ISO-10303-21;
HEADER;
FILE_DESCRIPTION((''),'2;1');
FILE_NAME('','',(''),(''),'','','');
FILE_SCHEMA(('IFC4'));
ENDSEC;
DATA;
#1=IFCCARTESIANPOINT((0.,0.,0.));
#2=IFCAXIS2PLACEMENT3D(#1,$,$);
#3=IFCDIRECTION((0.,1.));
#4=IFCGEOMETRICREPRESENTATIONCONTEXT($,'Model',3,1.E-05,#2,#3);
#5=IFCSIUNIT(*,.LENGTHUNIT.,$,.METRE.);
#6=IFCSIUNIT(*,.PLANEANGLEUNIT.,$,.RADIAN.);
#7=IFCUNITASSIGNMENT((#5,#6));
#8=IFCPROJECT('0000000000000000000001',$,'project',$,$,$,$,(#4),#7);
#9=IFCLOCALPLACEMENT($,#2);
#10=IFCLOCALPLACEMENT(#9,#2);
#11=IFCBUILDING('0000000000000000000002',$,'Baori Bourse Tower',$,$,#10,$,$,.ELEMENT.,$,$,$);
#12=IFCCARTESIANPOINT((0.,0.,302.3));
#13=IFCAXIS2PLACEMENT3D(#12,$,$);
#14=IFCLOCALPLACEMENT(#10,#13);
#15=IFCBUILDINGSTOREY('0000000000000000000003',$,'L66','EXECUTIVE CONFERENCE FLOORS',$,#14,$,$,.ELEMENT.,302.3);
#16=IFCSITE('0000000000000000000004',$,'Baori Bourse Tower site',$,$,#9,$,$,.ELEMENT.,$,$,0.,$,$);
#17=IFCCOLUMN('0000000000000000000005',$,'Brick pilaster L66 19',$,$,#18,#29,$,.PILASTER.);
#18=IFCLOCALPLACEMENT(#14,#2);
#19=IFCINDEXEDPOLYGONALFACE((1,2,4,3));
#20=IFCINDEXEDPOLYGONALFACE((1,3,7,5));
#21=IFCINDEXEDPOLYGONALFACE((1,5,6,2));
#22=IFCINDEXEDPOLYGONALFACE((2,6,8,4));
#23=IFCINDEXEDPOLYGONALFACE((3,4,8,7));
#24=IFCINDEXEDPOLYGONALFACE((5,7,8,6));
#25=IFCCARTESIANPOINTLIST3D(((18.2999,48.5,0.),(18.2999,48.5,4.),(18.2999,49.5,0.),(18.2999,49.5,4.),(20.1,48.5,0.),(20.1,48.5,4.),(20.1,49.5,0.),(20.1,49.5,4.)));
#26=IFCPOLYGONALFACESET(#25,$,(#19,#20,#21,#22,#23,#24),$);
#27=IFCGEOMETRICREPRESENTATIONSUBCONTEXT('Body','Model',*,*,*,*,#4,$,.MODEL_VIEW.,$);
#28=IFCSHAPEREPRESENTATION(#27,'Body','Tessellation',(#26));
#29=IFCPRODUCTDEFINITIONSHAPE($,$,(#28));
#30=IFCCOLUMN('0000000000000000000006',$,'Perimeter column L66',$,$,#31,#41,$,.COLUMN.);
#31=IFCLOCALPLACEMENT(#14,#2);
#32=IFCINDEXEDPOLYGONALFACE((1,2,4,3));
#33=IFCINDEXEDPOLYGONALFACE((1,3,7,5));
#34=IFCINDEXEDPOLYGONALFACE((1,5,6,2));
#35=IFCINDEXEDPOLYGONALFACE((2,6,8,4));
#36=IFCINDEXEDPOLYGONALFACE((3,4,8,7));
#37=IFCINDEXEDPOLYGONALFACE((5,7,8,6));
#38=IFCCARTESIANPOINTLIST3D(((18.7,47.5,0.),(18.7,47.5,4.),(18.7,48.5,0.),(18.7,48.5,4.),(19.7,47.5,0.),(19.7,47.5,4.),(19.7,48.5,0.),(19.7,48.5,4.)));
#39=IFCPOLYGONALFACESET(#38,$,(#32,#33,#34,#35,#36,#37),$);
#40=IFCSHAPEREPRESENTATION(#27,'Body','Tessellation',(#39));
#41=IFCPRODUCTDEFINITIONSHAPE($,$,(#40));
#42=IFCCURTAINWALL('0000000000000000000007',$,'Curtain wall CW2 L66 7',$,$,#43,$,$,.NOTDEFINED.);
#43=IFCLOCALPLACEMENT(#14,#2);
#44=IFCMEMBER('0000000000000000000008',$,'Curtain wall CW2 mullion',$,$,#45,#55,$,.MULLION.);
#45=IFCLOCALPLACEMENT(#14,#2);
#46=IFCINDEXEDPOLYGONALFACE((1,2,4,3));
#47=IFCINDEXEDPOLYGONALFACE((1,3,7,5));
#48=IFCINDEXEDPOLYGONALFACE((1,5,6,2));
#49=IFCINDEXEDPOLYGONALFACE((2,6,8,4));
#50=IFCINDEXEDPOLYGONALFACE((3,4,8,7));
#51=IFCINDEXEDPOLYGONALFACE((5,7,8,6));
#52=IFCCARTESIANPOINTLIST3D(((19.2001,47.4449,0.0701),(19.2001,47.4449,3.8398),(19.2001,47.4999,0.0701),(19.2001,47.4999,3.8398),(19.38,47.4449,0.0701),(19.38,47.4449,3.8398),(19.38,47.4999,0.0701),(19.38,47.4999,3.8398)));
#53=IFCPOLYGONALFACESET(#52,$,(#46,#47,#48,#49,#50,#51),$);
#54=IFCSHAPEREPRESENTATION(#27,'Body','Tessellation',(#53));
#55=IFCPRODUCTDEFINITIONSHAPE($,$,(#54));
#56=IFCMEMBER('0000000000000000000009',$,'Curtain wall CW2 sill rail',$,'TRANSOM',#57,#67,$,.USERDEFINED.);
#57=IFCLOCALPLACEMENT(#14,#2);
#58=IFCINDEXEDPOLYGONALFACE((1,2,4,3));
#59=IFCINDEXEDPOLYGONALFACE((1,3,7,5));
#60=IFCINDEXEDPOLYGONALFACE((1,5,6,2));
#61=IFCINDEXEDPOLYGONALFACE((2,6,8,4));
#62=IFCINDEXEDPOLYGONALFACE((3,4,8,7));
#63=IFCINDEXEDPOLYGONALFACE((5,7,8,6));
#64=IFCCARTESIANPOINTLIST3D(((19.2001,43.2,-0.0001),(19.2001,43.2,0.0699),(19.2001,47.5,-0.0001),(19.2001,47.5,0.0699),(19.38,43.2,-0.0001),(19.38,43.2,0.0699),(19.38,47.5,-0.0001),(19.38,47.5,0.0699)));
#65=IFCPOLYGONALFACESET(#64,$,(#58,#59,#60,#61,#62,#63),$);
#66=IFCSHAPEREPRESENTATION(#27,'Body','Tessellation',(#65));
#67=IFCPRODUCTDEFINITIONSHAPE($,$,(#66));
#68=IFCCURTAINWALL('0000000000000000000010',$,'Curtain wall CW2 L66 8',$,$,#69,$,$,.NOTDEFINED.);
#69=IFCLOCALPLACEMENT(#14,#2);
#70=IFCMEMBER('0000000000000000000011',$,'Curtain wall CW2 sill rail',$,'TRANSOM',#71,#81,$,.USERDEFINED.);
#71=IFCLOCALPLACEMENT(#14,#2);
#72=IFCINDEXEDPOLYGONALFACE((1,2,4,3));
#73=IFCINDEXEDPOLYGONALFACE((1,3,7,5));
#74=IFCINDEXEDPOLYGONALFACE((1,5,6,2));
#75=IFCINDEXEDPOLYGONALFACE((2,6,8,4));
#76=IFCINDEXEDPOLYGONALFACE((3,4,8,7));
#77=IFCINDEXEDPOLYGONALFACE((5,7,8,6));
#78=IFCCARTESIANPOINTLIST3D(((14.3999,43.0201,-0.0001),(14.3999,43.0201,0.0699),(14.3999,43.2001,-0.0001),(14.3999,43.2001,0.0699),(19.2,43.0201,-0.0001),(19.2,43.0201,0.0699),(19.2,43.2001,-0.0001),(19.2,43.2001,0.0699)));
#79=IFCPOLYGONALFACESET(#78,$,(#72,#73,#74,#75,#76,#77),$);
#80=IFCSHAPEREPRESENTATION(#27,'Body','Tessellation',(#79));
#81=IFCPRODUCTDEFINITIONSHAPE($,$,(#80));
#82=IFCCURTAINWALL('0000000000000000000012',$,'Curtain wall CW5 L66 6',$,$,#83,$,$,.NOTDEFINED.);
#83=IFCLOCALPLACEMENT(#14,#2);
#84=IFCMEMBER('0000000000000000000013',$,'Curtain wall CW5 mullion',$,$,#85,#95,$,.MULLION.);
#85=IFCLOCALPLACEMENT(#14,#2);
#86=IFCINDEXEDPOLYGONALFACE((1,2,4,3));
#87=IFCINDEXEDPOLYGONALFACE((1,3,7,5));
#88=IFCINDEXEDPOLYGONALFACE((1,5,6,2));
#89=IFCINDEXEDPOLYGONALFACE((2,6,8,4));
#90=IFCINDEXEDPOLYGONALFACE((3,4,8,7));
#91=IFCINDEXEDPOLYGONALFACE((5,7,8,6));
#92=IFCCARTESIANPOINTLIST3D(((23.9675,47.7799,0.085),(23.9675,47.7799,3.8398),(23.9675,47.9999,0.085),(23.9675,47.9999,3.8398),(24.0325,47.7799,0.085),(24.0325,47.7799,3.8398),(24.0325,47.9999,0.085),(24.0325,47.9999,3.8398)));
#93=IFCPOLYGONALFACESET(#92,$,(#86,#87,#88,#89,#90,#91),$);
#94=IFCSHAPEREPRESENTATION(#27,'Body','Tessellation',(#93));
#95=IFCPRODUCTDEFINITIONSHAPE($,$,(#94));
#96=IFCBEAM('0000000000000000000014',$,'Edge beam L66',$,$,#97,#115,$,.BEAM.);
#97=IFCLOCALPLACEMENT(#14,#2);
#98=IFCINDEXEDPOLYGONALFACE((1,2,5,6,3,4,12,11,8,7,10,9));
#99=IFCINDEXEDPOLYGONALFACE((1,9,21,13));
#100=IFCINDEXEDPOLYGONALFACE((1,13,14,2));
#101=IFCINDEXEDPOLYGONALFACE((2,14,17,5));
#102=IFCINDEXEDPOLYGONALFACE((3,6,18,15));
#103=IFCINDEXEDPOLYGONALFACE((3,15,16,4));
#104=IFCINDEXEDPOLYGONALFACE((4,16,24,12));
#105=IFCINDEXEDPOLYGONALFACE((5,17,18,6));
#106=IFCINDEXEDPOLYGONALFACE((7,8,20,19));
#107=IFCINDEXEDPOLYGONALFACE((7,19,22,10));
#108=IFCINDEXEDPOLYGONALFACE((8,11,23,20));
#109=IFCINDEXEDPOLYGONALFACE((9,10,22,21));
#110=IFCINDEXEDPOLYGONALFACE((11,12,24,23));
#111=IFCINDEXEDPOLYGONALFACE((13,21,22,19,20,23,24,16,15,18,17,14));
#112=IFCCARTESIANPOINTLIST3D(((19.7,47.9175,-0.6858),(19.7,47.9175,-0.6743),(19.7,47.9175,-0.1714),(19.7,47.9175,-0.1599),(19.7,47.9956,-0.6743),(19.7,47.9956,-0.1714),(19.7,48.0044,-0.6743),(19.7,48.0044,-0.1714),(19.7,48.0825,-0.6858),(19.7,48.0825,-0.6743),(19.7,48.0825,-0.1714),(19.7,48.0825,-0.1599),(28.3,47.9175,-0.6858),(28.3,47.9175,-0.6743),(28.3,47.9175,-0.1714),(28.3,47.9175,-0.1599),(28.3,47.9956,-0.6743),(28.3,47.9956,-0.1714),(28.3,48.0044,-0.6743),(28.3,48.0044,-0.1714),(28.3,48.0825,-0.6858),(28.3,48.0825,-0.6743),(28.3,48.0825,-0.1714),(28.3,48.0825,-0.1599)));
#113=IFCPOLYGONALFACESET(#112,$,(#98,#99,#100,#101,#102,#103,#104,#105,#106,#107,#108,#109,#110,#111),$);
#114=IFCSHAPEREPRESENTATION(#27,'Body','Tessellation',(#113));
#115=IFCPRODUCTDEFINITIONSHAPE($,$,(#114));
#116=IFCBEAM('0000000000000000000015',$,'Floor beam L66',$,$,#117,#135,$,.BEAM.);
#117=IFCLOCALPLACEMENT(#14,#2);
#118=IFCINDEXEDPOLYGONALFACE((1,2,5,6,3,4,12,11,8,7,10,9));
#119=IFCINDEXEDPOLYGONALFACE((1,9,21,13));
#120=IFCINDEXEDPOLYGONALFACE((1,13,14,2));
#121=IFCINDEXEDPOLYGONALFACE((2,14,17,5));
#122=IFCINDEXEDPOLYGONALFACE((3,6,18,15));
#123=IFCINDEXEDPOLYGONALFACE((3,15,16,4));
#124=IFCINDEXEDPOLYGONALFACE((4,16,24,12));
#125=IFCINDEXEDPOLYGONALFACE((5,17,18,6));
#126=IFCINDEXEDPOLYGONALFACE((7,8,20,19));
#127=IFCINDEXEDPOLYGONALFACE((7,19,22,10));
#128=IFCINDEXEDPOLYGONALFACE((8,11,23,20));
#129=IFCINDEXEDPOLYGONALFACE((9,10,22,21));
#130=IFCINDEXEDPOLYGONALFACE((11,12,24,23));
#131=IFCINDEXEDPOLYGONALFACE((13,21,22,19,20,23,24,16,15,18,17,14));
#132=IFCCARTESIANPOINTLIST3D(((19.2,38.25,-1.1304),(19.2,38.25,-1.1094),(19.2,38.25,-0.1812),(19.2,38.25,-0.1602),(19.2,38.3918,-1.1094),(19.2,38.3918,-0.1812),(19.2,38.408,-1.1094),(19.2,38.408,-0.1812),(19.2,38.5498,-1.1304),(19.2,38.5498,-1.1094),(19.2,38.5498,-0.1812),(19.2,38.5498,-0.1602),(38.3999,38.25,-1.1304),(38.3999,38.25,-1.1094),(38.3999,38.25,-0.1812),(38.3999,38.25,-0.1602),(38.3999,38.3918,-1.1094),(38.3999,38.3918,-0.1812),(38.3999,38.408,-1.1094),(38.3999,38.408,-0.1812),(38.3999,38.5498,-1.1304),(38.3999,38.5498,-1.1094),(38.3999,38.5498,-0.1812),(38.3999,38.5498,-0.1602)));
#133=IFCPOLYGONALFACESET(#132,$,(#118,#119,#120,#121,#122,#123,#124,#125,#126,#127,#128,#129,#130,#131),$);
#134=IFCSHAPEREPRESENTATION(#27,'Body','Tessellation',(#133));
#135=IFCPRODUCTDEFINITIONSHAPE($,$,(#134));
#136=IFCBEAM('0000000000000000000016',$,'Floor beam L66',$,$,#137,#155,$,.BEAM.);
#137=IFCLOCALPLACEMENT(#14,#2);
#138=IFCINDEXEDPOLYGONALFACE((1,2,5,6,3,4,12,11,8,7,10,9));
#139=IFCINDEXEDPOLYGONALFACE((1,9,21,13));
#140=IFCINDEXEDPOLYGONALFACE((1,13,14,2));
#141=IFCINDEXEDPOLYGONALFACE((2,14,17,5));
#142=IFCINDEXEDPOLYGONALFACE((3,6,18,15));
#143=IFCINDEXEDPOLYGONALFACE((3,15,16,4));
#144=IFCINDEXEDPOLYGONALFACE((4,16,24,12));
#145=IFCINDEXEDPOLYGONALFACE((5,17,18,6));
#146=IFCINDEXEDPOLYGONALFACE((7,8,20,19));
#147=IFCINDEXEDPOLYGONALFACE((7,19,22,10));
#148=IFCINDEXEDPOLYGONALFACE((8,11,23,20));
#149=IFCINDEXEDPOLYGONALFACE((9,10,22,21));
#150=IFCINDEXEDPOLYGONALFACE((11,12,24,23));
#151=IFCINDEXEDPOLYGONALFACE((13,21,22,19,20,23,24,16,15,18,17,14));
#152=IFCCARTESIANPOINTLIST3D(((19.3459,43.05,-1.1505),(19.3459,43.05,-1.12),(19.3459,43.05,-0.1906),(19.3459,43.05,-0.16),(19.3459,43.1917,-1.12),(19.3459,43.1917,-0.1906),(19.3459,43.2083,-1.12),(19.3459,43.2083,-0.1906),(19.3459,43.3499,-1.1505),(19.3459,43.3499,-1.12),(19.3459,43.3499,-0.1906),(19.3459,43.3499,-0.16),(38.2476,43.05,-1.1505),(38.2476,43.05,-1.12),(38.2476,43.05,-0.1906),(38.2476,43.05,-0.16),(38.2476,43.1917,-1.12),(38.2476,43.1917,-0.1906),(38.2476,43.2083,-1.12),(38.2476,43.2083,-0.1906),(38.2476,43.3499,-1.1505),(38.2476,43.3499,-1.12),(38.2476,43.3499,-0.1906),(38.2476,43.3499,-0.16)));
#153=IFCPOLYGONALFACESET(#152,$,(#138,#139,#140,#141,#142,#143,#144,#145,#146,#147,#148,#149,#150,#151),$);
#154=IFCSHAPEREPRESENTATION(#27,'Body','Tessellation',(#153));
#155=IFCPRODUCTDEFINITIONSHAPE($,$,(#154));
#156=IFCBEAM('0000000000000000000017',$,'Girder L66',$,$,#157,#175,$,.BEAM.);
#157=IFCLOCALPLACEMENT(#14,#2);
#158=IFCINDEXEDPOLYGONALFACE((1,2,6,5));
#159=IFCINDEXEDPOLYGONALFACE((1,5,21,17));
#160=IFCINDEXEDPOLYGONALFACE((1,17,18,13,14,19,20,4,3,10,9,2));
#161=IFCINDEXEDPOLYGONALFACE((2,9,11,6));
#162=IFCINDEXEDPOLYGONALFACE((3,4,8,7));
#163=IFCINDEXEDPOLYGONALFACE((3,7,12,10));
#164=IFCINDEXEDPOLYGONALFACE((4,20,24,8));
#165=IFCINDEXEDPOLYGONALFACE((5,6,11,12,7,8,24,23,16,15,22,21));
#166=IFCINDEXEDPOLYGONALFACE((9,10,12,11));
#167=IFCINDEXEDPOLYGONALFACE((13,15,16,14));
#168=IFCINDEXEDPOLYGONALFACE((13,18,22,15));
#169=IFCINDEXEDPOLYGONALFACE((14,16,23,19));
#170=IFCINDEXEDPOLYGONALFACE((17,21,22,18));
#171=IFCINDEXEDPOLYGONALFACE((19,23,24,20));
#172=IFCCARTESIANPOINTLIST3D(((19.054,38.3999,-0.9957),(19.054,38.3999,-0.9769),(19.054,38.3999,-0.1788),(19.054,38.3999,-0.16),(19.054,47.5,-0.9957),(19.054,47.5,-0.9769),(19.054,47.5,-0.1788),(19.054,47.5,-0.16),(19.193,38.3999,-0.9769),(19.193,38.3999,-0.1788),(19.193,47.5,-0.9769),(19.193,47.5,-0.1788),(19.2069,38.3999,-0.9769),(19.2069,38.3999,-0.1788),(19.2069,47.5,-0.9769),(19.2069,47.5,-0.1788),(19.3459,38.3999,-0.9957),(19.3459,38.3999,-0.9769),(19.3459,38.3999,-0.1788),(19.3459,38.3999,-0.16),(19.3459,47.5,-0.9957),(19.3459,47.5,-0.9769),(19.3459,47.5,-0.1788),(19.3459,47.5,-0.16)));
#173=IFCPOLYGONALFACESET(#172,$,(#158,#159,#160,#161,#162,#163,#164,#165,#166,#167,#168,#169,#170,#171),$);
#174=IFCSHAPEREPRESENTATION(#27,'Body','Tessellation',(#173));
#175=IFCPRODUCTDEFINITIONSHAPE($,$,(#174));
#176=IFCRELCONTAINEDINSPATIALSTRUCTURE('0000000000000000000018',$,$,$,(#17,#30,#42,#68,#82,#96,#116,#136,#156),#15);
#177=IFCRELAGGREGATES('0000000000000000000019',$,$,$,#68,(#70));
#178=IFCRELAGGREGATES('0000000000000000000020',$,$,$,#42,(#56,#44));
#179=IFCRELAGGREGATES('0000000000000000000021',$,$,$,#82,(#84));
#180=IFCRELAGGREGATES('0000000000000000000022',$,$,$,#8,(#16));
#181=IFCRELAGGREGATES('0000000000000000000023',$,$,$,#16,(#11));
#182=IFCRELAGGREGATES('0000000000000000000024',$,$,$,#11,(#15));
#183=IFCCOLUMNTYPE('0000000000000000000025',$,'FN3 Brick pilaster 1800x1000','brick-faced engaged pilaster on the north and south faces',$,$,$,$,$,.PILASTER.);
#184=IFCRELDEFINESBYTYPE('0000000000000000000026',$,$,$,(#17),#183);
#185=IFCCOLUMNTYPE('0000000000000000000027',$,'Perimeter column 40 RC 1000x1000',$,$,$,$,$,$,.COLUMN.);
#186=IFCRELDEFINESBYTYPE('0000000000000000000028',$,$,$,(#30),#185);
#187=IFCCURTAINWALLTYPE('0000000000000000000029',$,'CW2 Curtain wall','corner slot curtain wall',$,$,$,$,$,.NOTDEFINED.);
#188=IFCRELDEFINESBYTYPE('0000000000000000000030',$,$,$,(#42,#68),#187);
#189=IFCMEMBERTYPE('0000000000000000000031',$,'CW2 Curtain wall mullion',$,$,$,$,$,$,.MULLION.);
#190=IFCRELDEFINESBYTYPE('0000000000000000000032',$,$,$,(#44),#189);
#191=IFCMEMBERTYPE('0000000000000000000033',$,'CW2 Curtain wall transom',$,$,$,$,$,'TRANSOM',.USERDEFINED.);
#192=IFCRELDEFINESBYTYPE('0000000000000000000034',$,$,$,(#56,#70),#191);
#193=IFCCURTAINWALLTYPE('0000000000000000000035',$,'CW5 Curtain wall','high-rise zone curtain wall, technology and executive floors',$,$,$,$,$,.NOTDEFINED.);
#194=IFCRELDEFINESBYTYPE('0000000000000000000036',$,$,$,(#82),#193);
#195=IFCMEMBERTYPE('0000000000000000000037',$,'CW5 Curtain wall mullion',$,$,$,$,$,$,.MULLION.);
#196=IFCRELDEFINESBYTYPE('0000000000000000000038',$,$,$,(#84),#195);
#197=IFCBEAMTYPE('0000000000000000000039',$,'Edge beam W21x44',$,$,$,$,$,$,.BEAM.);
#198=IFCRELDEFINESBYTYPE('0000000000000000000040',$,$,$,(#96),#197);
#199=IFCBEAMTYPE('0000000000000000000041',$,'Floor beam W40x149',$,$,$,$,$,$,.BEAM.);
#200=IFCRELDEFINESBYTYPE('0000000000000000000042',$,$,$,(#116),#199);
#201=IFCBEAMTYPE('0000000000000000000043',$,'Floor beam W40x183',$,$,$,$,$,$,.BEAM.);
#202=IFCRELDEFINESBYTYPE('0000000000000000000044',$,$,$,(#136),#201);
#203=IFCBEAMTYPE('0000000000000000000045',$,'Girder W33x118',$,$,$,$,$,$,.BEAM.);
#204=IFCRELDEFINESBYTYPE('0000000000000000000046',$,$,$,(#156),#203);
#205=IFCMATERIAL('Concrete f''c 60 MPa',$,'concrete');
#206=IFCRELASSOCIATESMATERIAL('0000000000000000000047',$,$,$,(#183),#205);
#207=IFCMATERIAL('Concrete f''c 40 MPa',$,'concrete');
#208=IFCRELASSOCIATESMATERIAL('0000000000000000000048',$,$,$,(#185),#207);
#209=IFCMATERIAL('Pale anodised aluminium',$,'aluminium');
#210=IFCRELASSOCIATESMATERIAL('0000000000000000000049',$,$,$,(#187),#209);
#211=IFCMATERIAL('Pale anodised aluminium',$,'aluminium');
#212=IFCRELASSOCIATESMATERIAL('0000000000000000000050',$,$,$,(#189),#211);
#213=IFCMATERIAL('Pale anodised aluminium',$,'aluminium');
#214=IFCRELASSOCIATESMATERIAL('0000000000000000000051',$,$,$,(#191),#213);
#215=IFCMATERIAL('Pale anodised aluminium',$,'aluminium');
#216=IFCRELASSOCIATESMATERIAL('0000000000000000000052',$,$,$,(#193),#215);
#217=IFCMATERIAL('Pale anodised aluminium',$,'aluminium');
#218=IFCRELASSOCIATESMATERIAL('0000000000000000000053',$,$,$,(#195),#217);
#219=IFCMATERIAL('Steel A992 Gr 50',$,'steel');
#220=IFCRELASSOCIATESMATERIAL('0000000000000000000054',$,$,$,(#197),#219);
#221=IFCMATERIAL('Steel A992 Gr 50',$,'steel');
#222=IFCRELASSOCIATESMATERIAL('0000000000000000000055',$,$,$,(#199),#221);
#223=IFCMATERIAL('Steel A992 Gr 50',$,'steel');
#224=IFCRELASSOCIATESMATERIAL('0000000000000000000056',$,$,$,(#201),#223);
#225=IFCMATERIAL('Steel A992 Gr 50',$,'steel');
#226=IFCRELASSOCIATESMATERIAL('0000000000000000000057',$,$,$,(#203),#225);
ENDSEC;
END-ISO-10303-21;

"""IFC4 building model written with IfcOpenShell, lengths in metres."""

from ifc_helpers import new_model, si_unit, direction, frame, origin, origin_2d, place, context, subcontext, project, spatial, rectangle, i_section, extrude, material, material_profile, profile_set, type_object, element, aggregate, save


model = new_model("IFC4")

# Units and contexts
model_context = context("Model", 3, precision=1e-05, world=origin(), true_north=direction((0.0, 1.0)))
body_context = subcontext(model_context, "Body", "Model", "MODEL_VIEW")
ifc_project = project(units=[si_unit("LENGTHUNIT", "METRE"), si_unit("PLANEANGLEUNIT", "RADIAN")], contexts=[model_context])

# Site, building, storey
site_placement = place(None, origin())
site = spatial("IfcSite", under=ifc_project, at=site_placement, Name="Baori Bourse Tower site", CompositionType="ELEMENT", RefElevation=0.0)
building_placement = place(site_placement, origin())
building = spatial("IfcBuilding", under=site, at=building_placement, Name="Baori Bourse Tower", CompositionType="ELEMENT")
storey_placement = place(building_placement, frame((0.0, 0.0, 302.3)))
storey = spatial("IfcBuildingStorey", under=building, at=storey_placement, Name="L66", Description="EXECUTIVE CONFERENCE FLOORS", CompositionType="ELEMENT", Elevation=302.3)

# Columns
ifc_material_1 = material(Name="Concrete f'c 60 MPa", Category="concrete")
ifc_material_profile_1 = material_profile(ifc_material_1, rectangle(XDim=1.8, YDim=1.0, at=origin_2d()), Name="RC 1800x1000")
ifc_profile_set_1 = profile_set([ifc_material_profile_1], Name="Concrete f'c 60 MPa")
column_type_1 = type_object("IfcColumnType", Name="FN3 Brick pilaster 1800x1000", Description="brick-faced engaged pilaster on the north and south faces", PredefinedType="PILASTER", material=ifc_profile_set_1)
column_1_placement = place(storey_placement, frame((19.2, 49.0, 0.0), z_axis=(0.0, 0.0, 1.0), x_axis=(1.0, 0.0, 0.0)))
element("IfcColumn", 1, at=column_1_placement, inside=storey, type_object=column_type_1, Name="Brick pilaster L66 19", PredefinedType="PILASTER", context=body_context, shape_type="SweptSolid", body=[
    extrude(rectangle(XDim=1.8, YDim=1.0, at=origin_2d()), origin(), (0.0, 0.0, 1.0), 4.0),
])
ifc_material_2 = material(Name="Concrete f'c 40 MPa", Category="concrete")
ifc_material_profile_2 = material_profile(ifc_material_2, rectangle(XDim=1.0, YDim=1.0, at=origin_2d()), Name="RC 1000x1000")
ifc_profile_set_2 = profile_set([ifc_material_profile_2], Name="Concrete f'c 40 MPa")
column_type_2 = type_object("IfcColumnType", Name="Perimeter column 40 RC 1000x1000", PredefinedType="COLUMN", material=ifc_profile_set_2)
column_2_placement = place(storey_placement, frame((19.2, 48.0, 0.0), z_axis=(0.0, 0.0, 1.0), x_axis=(1.0, 0.0, 0.0)))
element("IfcColumn", 2, at=column_2_placement, inside=storey, type_object=column_type_2, Name="Perimeter column L66", PredefinedType="COLUMN", context=body_context, shape_type="SweptSolid", body=[
    extrude(rectangle(XDim=1.0, YDim=1.0, at=origin_2d()), origin(), (0.0, 0.0, 1.0), 4.0),
])

# Curtain wall, members
ifc_material_3 = material(Name="Pale anodised aluminium", Category="aluminium")
curtain_wall_type_1 = type_object("IfcCurtainWallType", Name="CW2 Curtain wall", Description="corner slot curtain wall", PredefinedType="NOTDEFINED", material=ifc_material_3)
curtain_wall_1_placement = place(storey_placement, origin())
curtain_wall_1 = element("IfcCurtainWall", 3, at=curtain_wall_1_placement, inside=storey, type_object=curtain_wall_type_1, Name="Curtain wall CW2 L66 7", PredefinedType="NOTDEFINED")
ifc_material_4 = material(Name="Pale anodised aluminium", Category="aluminium")
ifc_material_profile_3 = material_profile(ifc_material_4, rectangle(XDim=0.1799, YDim=0.0549, at=origin_2d()), Name="Mullion 55x180")
ifc_profile_set_3 = profile_set([ifc_material_profile_3], Name="Pale anodised aluminium")
member_type_1 = type_object("IfcMemberType", Name="CW2 Curtain wall mullion", PredefinedType="MULLION", material=ifc_profile_set_3)
member_1_placement = place(storey_placement, frame((19.29, 47.4724, 0.0701), z_axis=(0.0, 0.0, 1.0), x_axis=(1.0, 0.0, 0.0)))
member_1 = element("IfcMember", 4, at=member_1_placement, type_object=member_type_1, Name="Curtain wall CW2 mullion", PredefinedType="MULLION", context=body_context, shape_type="SweptSolid", body=[
    extrude(rectangle(XDim=0.1799, YDim=0.0549, at=origin_2d()), origin(), (0.0, 0.0, 1.0), 3.7698),
])
ifc_material_5 = material(Name="Pale anodised aluminium", Category="aluminium")
ifc_material_profile_4 = material_profile(ifc_material_5, rectangle(XDim=0.1799, YDim=0.0701, at=origin_2d()), Name="Transom 70x180")
ifc_profile_set_4 = profile_set([ifc_material_profile_4], Name="Pale anodised aluminium")
member_type_2 = type_object("IfcMemberType", Name="CW2 Curtain wall transom", ElementType="TRANSOM", PredefinedType="USERDEFINED", material=ifc_profile_set_4)
member_2_placement = place(storey_placement, frame((19.29, 47.5, 0.0349), z_axis=(0.0, -1.0, 0.0), x_axis=(1.0, 0.0, 0.0)))
member_2 = element("IfcMember", 5, at=member_2_placement, type_object=member_type_2, Name="Curtain wall CW2 sill rail", ObjectType="TRANSOM", PredefinedType="USERDEFINED", context=body_context, shape_type="SweptSolid", body=[
    extrude(rectangle(XDim=0.1799, YDim=0.0701, at=origin_2d()), origin(), (0.0, 0.0, 1.0), 4.3),
])

# Curtain walls, members
curtain_wall_2_placement = place(storey_placement, origin())
curtain_wall_2 = element("IfcCurtainWall", 6, at=curtain_wall_2_placement, inside=storey, type_object=curtain_wall_type_1, Name="Curtain wall CW2 L66 8", PredefinedType="NOTDEFINED")
member_3_placement = place(storey_placement, frame((19.2, 43.1101, 0.0349), z_axis=(-1.0, 0.0, 0.0), x_axis=(0.0, -1.0, 0.0)))
member_3 = element("IfcMember", 7, at=member_3_placement, type_object=member_type_2, Name="Curtain wall CW2 sill rail", ObjectType="TRANSOM", PredefinedType="USERDEFINED", context=body_context, shape_type="SweptSolid", body=[
    extrude(rectangle(XDim=0.1799, YDim=0.0701, at=origin_2d()), origin(), (0.0, 0.0, 1.0), 4.8),
])
aggregate(curtain_wall_2, [member_3])
ifc_material_6 = material(Name="Pale anodised aluminium", Category="aluminium")
curtain_wall_type_2 = type_object("IfcCurtainWallType", Name="CW5 Curtain wall", Description="high-rise zone curtain wall, technology and executive floors", PredefinedType="NOTDEFINED", material=ifc_material_6)
curtain_wall_3_placement = place(storey_placement, origin())
curtain_wall_3 = element("IfcCurtainWall", 8, at=curtain_wall_3_placement, inside=storey, type_object=curtain_wall_type_2, Name="Curtain wall CW5 L66 6", PredefinedType="NOTDEFINED")
ifc_material_7 = material(Name="Pale anodised aluminium", Category="aluminium")
ifc_material_profile_5 = material_profile(ifc_material_7, rectangle(XDim=0.22, YDim=0.0649, at=origin_2d()), Name="Mullion 65x220")
ifc_profile_set_5 = profile_set([ifc_material_profile_5], Name="Pale anodised aluminium")
member_type_3 = type_object("IfcMemberType", Name="CW5 Curtain wall mullion", PredefinedType="MULLION", material=ifc_profile_set_5)
member_4_placement = place(storey_placement, frame((24.0, 47.8899, 0.085), z_axis=(0.0, 0.0, 1.0), x_axis=(0.0, -1.0, 0.0)))
member_4 = element("IfcMember", 9, at=member_4_placement, type_object=member_type_3, Name="Curtain wall CW5 mullion", PredefinedType="MULLION", context=body_context, shape_type="SweptSolid", body=[
    extrude(rectangle(XDim=0.22, YDim=0.0649, at=origin_2d()), origin(), (0.0, 0.0, 1.0), 3.7549),
])

# Beams
ifc_material_8 = material(Name="Steel A992 Gr 50", Category="steel")
ifc_material_profile_6 = material_profile(ifc_material_8, i_section(OverallWidth=0.165, OverallDepth=0.5259, WebThickness=0.0088, FlangeThickness=0.0115, at=origin_2d()), Name="W21x44")
ifc_profile_set_6 = profile_set([ifc_material_profile_6], Name="Steel A992 Gr 50")
beam_type_1 = type_object("IfcBeamType", Name="Edge beam W21x44", PredefinedType="BEAM", material=ifc_profile_set_6)
beam_1_placement = place(storey_placement, frame((19.7, 48.0, -0.4229), z_axis=(1.0, 0.0, 0.0), x_axis=(0.0, 1.0, 0.0)))
element("IfcBeam", 10, at=beam_1_placement, inside=storey, type_object=beam_type_1, Name="Edge beam L66", PredefinedType="BEAM", context=body_context, shape_type="SweptSolid", body=[
    extrude(i_section(OverallWidth=0.165, OverallDepth=0.5259, WebThickness=0.0088, FlangeThickness=0.0115, at=origin_2d()), origin(), (0.0, 0.0, 1.0), 8.6001),
])
ifc_material_9 = material(Name="Steel A992 Gr 50", Category="steel")
ifc_material_profile_7 = material_profile(ifc_material_9, i_section(OverallWidth=0.2998, OverallDepth=0.9702, WebThickness=0.0161, FlangeThickness=0.021, at=origin_2d()), Name="W40x149")
ifc_profile_set_7 = profile_set([ifc_material_profile_7], Name="Steel A992 Gr 50")
beam_type_2 = type_object("IfcBeamType", Name="Floor beam W40x149", PredefinedType="BEAM", material=ifc_profile_set_7)
beam_2_placement = place(storey_placement, frame((19.2, 38.3999, -0.6453), z_axis=(1.0, 0.0, 0.0), x_axis=(0.0, 1.0, 0.0)))
element("IfcBeam", 11, at=beam_2_placement, inside=storey, type_object=beam_type_2, Name="Floor beam L66", PredefinedType="BEAM", context=body_context, shape_type="SweptSolid", body=[
    extrude(i_section(OverallWidth=0.2998, OverallDepth=0.9702, WebThickness=0.0161, FlangeThickness=0.021, at=origin_2d()), origin(), (0.0, 0.0, 1.0), 19.2),
])
ifc_material_10 = material(Name="Steel A992 Gr 50", Category="steel")
ifc_material_profile_8 = material_profile(ifc_material_10, i_section(OverallWidth=0.2998, OverallDepth=0.9905, WebThickness=0.0166, FlangeThickness=0.0305, at=origin_2d()), Name="W40x183")
ifc_profile_set_8 = profile_set([ifc_material_profile_8], Name="Steel A992 Gr 50")
beam_type_3 = type_object("IfcBeamType", Name="Floor beam W40x183", PredefinedType="BEAM", material=ifc_profile_set_8)
beam_3_placement = place(storey_placement, frame((19.3459, 43.2, -0.6553), z_axis=(1.0, 0.0, 0.0), x_axis=(0.0, 1.0, 0.0)))
element("IfcBeam", 12, at=beam_3_placement, inside=storey, type_object=beam_type_3, Name="Floor beam L66", PredefinedType="BEAM", context=body_context, shape_type="SweptSolid", body=[
    extrude(i_section(OverallWidth=0.2998, OverallDepth=0.9905, WebThickness=0.0166, FlangeThickness=0.0305, at=origin_2d()), origin(), (0.0, 0.0, 1.0), 18.9016),
])
ifc_material_11 = material(Name="Steel A992 Gr 50", Category="steel")
ifc_material_profile_9 = material_profile(ifc_material_11, i_section(OverallWidth=0.292, OverallDepth=0.8357, WebThickness=0.0139, FlangeThickness=0.0188, at=origin_2d()), Name="W33x118")
ifc_profile_set_9 = profile_set([ifc_material_profile_9], Name="Steel A992 Gr 50")
beam_type_4 = type_object("IfcBeamType", Name="Girder W33x118", PredefinedType="BEAM", material=ifc_profile_set_9)
beam_4_placement = place(storey_placement, frame((19.2, 38.3999, -0.5779), z_axis=(0.0, 1.0, 0.0), x_axis=(-1.0, 0.0, 0.0)))
element("IfcBeam", 13, at=beam_4_placement, inside=storey, type_object=beam_type_4, Name="Girder L66", PredefinedType="BEAM", context=body_context, shape_type="SweptSolid", body=[
    extrude(i_section(OverallWidth=0.292, OverallDepth=0.8357, WebThickness=0.0139, FlangeThickness=0.0188, at=origin_2d()), origin(), (0.0, 0.0, 1.0), 9.1001),
])

aggregate(curtain_wall_1, [member_2, member_1])
aggregate(curtain_wall_3, [member_4])

save(model, "model.ifc")
